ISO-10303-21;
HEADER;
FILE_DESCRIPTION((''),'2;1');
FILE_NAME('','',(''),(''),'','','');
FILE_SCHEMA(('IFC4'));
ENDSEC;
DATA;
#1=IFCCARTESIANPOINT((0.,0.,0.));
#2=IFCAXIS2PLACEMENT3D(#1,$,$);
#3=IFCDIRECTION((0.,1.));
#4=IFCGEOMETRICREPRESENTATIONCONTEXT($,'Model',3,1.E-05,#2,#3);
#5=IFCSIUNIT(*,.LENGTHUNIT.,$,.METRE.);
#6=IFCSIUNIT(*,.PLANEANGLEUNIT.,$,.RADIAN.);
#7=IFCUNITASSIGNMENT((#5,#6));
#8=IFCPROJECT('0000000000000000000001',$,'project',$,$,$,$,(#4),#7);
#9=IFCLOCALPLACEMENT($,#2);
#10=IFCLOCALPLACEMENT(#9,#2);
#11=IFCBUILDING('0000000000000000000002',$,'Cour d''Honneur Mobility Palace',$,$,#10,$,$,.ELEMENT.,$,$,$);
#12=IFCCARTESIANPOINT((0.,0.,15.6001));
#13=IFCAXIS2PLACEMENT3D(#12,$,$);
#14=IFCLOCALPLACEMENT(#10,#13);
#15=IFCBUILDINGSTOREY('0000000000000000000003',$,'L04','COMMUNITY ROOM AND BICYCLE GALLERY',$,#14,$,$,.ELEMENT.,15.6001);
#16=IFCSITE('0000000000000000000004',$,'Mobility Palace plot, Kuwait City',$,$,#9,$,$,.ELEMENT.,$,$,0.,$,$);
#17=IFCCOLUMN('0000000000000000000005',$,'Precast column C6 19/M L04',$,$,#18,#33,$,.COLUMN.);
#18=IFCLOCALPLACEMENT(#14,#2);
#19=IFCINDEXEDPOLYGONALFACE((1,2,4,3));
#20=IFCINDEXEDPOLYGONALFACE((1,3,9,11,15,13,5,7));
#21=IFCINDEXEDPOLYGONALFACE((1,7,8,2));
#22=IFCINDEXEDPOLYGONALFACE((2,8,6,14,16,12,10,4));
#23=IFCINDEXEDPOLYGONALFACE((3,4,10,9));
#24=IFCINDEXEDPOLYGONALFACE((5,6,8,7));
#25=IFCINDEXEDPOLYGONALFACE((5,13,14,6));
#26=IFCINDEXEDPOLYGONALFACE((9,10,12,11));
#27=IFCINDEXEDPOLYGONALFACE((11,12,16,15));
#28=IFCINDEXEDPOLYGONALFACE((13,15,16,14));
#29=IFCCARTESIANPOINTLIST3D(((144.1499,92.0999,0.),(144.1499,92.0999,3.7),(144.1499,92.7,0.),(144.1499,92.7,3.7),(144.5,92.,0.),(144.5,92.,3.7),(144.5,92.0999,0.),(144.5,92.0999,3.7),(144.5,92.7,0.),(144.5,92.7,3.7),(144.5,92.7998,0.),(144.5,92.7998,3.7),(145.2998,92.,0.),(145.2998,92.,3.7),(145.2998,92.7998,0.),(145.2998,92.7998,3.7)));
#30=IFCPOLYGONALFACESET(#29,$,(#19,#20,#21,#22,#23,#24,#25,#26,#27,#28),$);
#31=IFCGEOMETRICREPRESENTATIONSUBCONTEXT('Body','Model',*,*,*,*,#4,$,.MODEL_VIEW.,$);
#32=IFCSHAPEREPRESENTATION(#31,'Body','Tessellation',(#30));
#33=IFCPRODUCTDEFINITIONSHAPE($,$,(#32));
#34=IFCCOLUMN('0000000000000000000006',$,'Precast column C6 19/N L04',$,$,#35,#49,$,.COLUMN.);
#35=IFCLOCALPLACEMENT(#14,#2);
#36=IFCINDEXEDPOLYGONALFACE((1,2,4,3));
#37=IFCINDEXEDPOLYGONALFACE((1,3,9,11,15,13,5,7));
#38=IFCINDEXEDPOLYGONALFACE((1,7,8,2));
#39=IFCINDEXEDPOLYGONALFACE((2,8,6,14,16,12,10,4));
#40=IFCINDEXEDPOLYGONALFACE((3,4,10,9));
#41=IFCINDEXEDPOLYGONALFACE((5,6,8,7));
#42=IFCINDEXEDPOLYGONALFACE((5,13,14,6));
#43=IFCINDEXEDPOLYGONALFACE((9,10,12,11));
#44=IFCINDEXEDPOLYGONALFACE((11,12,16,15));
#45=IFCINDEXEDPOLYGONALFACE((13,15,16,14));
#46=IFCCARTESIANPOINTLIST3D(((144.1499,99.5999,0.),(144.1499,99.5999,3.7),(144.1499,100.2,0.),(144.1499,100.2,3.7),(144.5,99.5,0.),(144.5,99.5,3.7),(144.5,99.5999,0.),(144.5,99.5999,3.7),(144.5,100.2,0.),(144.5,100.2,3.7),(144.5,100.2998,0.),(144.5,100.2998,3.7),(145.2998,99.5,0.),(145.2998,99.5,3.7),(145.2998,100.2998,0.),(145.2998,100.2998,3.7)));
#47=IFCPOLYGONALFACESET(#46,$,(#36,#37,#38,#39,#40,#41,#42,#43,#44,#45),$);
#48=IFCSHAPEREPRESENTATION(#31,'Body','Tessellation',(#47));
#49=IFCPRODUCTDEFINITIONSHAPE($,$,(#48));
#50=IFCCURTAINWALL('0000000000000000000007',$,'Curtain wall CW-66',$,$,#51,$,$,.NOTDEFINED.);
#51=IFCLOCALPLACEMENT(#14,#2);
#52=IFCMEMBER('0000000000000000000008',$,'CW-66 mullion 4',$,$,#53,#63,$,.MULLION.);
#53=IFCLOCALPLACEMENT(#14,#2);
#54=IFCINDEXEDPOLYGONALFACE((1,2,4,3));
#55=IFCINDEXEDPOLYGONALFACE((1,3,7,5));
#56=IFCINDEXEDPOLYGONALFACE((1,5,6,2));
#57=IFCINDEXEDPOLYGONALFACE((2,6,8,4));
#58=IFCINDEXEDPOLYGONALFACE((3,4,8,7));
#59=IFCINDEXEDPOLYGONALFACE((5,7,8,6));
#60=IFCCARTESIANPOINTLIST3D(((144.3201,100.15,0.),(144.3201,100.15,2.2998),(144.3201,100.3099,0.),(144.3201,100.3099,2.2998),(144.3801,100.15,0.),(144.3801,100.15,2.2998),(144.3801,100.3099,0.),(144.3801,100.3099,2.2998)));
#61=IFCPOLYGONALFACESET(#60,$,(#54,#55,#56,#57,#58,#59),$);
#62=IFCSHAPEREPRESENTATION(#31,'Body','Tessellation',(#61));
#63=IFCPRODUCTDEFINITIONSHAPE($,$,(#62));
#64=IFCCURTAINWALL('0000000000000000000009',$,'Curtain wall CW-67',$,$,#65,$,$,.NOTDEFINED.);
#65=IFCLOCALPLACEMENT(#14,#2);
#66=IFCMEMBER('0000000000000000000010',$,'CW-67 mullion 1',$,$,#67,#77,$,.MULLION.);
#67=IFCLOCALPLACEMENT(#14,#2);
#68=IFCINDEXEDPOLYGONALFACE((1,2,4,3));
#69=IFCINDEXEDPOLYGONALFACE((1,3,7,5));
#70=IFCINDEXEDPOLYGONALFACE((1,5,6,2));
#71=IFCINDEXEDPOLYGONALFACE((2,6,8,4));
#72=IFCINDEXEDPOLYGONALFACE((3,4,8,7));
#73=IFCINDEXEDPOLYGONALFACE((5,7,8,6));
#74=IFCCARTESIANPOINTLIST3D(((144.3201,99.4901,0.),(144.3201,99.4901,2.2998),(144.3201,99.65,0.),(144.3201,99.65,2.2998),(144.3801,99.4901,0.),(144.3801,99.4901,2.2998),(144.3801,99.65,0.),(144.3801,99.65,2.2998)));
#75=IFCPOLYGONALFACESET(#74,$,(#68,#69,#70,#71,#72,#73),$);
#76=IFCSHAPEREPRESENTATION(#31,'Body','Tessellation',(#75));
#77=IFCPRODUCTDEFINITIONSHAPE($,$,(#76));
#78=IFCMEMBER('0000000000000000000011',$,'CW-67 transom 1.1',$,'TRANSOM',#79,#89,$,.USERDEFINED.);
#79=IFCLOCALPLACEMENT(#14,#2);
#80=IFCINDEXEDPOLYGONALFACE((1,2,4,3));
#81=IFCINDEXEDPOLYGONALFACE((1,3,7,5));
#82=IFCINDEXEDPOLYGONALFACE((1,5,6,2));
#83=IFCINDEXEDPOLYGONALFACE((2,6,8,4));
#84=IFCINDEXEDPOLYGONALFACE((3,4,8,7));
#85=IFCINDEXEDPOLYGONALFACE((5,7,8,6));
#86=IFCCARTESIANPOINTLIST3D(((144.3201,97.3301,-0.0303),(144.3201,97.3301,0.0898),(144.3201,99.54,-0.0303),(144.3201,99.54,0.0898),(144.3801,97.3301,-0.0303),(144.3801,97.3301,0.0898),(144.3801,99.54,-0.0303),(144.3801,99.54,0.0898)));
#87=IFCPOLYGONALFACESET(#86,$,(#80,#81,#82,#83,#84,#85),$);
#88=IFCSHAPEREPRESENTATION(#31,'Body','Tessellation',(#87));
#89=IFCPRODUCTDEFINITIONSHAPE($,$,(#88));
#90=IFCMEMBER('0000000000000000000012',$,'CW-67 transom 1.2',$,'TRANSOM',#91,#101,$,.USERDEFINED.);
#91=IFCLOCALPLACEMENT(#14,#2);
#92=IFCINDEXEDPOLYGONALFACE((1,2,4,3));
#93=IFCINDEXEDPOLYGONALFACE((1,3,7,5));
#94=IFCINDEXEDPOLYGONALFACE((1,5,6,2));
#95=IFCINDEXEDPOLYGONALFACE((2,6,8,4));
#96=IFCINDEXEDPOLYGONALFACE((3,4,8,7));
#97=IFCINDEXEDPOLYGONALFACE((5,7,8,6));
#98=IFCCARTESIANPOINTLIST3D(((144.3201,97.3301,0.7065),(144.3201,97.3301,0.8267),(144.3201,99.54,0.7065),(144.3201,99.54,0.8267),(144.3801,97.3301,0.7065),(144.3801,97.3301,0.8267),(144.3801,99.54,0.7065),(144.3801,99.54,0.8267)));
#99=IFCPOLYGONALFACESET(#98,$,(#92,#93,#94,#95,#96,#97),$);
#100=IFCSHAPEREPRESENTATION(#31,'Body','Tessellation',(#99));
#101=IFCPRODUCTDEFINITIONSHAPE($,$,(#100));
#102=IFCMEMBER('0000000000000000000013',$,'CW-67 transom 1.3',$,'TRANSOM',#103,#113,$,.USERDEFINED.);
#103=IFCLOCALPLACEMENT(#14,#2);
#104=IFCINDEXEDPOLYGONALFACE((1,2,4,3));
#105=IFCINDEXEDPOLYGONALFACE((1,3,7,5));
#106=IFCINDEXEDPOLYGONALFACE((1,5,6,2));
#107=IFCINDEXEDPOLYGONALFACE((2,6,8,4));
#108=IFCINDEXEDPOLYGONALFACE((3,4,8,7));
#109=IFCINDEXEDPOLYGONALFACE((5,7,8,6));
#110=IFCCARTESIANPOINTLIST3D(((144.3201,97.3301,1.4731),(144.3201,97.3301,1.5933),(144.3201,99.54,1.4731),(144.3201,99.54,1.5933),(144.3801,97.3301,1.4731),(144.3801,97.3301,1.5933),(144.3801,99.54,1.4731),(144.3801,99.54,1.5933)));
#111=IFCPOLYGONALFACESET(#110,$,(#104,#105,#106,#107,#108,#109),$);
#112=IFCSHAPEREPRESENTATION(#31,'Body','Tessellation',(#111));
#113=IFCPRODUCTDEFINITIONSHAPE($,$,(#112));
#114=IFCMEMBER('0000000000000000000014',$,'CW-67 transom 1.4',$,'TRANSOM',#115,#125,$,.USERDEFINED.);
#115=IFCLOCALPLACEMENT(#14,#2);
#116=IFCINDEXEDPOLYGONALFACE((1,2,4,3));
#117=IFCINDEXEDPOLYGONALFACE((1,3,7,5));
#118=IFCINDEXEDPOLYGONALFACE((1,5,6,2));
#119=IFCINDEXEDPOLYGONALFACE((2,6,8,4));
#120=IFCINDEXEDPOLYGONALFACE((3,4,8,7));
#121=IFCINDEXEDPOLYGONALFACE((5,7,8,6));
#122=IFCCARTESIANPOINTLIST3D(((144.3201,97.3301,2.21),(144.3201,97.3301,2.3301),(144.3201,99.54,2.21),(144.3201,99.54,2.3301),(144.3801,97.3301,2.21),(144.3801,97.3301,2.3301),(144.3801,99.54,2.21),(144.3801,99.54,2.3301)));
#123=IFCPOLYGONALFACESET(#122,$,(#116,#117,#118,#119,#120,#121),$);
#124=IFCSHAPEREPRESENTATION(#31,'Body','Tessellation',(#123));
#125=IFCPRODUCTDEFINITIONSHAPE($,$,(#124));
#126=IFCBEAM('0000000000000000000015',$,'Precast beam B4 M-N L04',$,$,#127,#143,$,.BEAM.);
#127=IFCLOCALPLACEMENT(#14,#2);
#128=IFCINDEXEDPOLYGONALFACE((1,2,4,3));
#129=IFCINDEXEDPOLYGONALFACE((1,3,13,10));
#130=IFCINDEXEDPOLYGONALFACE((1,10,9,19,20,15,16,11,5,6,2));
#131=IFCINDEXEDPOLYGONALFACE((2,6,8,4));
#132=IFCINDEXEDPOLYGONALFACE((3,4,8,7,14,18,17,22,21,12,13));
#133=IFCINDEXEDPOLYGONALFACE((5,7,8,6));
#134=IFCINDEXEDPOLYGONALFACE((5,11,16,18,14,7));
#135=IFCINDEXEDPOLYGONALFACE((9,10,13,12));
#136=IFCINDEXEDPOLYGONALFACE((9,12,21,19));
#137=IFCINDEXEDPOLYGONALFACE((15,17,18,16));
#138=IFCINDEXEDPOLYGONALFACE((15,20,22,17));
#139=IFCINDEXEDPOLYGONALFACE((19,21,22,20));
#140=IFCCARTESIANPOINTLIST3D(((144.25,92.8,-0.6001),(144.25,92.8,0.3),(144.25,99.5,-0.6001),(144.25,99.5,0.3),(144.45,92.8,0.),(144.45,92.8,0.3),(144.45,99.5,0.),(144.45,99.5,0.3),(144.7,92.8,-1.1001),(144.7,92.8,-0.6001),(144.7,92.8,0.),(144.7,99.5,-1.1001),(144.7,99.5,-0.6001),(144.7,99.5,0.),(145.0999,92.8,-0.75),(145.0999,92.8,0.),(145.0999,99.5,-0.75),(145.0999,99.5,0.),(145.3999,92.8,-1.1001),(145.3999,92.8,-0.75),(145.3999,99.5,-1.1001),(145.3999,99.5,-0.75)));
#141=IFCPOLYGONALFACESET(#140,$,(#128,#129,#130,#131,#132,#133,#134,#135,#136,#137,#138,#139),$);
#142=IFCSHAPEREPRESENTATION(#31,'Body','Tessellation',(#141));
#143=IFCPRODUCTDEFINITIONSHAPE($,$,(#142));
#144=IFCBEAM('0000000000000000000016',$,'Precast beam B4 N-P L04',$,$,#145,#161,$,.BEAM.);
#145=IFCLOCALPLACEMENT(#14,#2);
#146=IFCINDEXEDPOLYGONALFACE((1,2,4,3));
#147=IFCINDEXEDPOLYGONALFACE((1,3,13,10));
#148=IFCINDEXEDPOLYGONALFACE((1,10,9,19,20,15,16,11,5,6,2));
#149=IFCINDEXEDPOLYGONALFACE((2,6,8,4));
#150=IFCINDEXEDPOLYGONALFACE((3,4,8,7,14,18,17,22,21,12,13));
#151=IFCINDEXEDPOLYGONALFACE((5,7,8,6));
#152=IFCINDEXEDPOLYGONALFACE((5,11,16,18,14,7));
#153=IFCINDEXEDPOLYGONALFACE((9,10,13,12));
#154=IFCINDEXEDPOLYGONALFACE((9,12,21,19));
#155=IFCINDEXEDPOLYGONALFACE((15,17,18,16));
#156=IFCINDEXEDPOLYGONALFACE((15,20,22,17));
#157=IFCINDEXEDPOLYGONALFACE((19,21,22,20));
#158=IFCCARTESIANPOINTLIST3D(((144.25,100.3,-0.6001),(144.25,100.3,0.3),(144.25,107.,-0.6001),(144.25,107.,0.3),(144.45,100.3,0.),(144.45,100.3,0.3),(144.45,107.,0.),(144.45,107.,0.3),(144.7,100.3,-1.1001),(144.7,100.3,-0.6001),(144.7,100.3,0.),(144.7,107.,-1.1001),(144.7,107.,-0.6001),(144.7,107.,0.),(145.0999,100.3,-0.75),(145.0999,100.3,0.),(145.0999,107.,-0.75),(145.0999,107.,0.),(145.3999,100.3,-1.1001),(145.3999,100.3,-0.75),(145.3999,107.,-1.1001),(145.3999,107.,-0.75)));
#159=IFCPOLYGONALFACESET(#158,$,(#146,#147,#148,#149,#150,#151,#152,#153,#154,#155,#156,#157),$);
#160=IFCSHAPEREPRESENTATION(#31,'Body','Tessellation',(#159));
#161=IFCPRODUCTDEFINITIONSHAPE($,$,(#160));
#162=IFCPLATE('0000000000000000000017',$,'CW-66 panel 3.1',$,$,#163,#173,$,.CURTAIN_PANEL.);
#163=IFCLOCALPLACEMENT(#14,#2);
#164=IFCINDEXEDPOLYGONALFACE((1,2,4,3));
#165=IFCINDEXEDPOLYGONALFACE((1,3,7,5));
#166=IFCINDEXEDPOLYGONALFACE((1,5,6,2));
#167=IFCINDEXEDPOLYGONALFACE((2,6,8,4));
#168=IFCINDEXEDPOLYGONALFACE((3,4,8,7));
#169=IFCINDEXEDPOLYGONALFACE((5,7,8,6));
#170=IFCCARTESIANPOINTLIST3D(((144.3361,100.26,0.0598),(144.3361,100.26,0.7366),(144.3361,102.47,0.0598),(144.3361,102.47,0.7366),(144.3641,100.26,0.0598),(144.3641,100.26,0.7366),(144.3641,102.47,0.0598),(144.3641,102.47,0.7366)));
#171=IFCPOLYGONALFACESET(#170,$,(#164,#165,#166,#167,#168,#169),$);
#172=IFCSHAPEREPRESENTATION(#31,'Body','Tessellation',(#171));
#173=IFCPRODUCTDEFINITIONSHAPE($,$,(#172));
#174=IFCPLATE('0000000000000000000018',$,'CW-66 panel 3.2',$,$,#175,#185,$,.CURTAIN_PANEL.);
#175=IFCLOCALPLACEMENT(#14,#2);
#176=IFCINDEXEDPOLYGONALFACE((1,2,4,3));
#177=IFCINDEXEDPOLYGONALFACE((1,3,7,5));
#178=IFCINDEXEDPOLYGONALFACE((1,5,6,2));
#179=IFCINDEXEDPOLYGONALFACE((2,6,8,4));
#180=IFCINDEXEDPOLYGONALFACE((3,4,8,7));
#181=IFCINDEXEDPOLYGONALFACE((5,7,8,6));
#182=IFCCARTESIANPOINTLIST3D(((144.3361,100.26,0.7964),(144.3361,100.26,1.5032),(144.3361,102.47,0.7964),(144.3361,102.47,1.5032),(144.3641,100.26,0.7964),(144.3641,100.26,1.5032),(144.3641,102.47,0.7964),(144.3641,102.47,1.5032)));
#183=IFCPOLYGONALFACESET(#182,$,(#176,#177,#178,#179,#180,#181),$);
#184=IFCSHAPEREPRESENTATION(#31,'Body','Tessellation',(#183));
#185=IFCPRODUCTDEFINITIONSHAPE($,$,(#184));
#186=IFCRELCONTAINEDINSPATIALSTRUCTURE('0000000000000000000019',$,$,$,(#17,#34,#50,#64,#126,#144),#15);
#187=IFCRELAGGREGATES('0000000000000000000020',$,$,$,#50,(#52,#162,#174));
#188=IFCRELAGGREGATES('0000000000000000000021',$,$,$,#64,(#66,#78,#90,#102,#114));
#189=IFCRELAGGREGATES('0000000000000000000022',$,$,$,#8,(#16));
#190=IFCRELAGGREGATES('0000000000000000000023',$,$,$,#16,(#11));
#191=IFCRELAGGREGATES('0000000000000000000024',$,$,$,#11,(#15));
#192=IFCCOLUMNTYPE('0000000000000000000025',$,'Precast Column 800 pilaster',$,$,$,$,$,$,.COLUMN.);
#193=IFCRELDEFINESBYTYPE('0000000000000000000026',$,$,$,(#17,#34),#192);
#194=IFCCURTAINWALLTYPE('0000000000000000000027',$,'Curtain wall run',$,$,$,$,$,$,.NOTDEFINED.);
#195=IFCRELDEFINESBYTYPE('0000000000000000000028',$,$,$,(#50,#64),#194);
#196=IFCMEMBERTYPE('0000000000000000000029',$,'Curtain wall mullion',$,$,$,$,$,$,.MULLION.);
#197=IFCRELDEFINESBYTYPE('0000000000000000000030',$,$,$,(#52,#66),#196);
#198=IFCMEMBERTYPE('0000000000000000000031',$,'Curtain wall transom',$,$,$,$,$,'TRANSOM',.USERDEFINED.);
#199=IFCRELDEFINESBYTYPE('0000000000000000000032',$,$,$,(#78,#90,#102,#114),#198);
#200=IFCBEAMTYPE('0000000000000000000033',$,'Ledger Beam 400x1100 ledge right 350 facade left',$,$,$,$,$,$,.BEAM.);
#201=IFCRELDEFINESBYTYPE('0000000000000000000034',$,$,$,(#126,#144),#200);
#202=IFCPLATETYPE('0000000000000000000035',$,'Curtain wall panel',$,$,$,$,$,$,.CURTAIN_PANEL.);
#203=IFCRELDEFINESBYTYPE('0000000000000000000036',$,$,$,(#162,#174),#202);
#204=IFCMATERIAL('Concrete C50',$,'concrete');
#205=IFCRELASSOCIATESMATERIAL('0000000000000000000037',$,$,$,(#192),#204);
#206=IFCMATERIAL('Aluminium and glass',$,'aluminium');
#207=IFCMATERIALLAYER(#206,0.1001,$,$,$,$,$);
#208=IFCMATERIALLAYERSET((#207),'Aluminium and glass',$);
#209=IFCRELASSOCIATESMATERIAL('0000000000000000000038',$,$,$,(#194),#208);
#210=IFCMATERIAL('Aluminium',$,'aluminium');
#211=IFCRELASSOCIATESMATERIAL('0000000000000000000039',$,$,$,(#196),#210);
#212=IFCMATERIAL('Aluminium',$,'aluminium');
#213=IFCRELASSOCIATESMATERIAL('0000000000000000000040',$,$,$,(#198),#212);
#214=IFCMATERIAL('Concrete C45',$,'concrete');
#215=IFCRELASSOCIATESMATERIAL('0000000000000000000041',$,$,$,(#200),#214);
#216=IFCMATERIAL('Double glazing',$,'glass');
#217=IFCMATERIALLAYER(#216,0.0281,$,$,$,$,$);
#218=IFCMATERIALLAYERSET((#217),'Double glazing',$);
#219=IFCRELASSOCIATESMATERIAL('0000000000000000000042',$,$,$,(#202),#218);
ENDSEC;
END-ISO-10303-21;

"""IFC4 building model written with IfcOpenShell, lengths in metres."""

from ifc_helpers import new_model, si_unit, direction, frame, origin, origin_2d, place, context, subcontext, project, spatial, polyline, rectangle, outline, extrude, material, layer, layer_set, material_profile, profile_set, type_object, element, aggregate, save


model = new_model("IFC4")

# Units and contexts
model_context = context("Model", 3, precision=1e-05, world=origin(), true_north=direction((0.0, 1.0)))
body_context = subcontext(model_context, "Body", "Model", "MODEL_VIEW")
ifc_project = project(units=[si_unit("LENGTHUNIT", "METRE"), si_unit("PLANEANGLEUNIT", "RADIAN")], contexts=[model_context])

# Site, building, storey
site_placement = place(None, origin())
site = spatial("IfcSite", under=ifc_project, at=site_placement, Name="Mobility Palace plot, Kuwait City", CompositionType="ELEMENT", RefElevation=0.0)
building_placement = place(site_placement, origin())
building = spatial("IfcBuilding", under=site, at=building_placement, Name="Cour d'Honneur Mobility Palace", CompositionType="ELEMENT")
storey_placement = place(building_placement, frame((0.0, 0.0, 15.6001)))
storey = spatial("IfcBuildingStorey", under=building, at=storey_placement, Name="L04", Description="COMMUNITY ROOM AND BICYCLE GALLERY", CompositionType="ELEMENT", Elevation=15.6001)

# Columns
ifc_material_1 = material(Name="Concrete C50", Category="concrete")
ifc_material_profile_1 = material_profile(ifc_material_1, outline(polyline([(-0.3999, -0.3999), (0.3999, -0.3999), (0.3999, -0.3), (0.75, -0.3), (0.75, 0.3), (0.3999, 0.3), (0.3999, 0.3999), (-0.3999, 0.3999), (-0.3999, -0.3999)])), Name="PC C800 pilaster")
ifc_profile_set_1 = profile_set([ifc_material_profile_1], Name="Concrete C50")
column_type = type_object("IfcColumnType", Name="Precast Column 800 pilaster", PredefinedType="COLUMN", material=ifc_profile_set_1)
for number, where, z_axis, x_axis, name in (
    (1, (144.8999, 92.3999, 0.0), (0.0, 0.0, 1.0), (-1.0, 0.0, 0.0), "Precast column C6 19/M L04"),
    (2, (144.8999, 99.8999, 0.0), (0.0, 0.0, 1.0), (-1.0, 0.0, 0.0), "Precast column C6 19/N L04"),
):
    element("IfcColumn", number, at=place(storey_placement, frame(where, z_axis=z_axis, x_axis=x_axis)), inside=storey, type_object=column_type, Name=name, PredefinedType="COLUMN", context=body_context, shape_type="SweptSolid", body=[
        extrude(outline(polyline([(-0.3999, -0.3999), (0.3999, -0.3999), (0.3999, -0.3), (0.75, -0.3), (0.75, 0.3), (0.3999, 0.3), (0.3999, 0.3999), (-0.3999, 0.3999), (-0.3999, -0.3999)])), origin(), (0.0, 0.0, 1.0), 3.7),
    ])

# Curtain wall, member
ifc_material_2 = material(Name="Aluminium and glass", Category="aluminium")
ifc_layer_1 = layer(ifc_material_2, 0.1001)
ifc_layer_set_1 = layer_set([ifc_layer_1], Name="Aluminium and glass")
curtain_wall_type = type_object("IfcCurtainWallType", Name="Curtain wall run", PredefinedType="NOTDEFINED", material=ifc_layer_set_1)
curtain_wall_1_placement = place(storey_placement, origin())
curtain_wall_1 = element("IfcCurtainWall", 3, at=curtain_wall_1_placement, inside=storey, type_object=curtain_wall_type, Name="Curtain wall CW-66", PredefinedType="NOTDEFINED")
ifc_material_3 = material(Name="Aluminium", Category="aluminium")
ifc_material_profile_2 = material_profile(ifc_material_3, rectangle(XDim=0.0601, YDim=0.1599, at=origin_2d()), Name="Curtain wall mullion")
ifc_profile_set_2 = profile_set([ifc_material_profile_2], Name="Aluminium")
member_type_1 = type_object("IfcMemberType", Name="Curtain wall mullion", PredefinedType="MULLION", material=ifc_profile_set_2)
member_1_placement = place(storey_placement, frame((144.3501, 100.23, 0.0), z_axis=(0.0, 0.0, 1.0), x_axis=(1.0, 0.0, 0.0)))
member_1 = element("IfcMember", 4, at=member_1_placement, type_object=member_type_1, Name="CW-66 mullion 4", PredefinedType="MULLION", context=body_context, shape_type="SweptSolid", body=[
    extrude(rectangle(XDim=0.0601, YDim=0.1599, at=origin_2d()), origin(), (0.0, 0.0, 1.0), 2.2998),
])

# Curtain wall, members
curtain_wall_2_placement = place(storey_placement, origin())
curtain_wall_2 = element("IfcCurtainWall", 5, at=curtain_wall_2_placement, inside=storey, type_object=curtain_wall_type, Name="Curtain wall CW-67", PredefinedType="NOTDEFINED")
member_2_placement = place(storey_placement, frame((144.3501, 99.5701, 0.0), z_axis=(0.0, 0.0, 1.0), x_axis=(1.0, 0.0, 0.0)))
member_2 = element("IfcMember", 6, at=member_2_placement, type_object=member_type_1, Name="CW-67 mullion 1", PredefinedType="MULLION", context=body_context, shape_type="SweptSolid", body=[
    extrude(rectangle(XDim=0.0601, YDim=0.1599, at=origin_2d()), origin(), (0.0, 0.0, 1.0), 2.2998),
])
ifc_material_4 = material(Name="Aluminium", Category="aluminium")
ifc_material_profile_3 = material_profile(ifc_material_4, rectangle(XDim=0.0601, YDim=0.1201, at=origin_2d()), Name="Curtain wall transom")
ifc_profile_set_3 = profile_set([ifc_material_profile_3], Name="Aluminium")
member_type_2 = type_object("IfcMemberType", Name="Curtain wall transom", ElementType="TRANSOM", PredefinedType="USERDEFINED", material=ifc_profile_set_3)
member_3_placement = place(storey_placement, frame((144.3501, 99.54, 0.0298), z_axis=(0.0, -1.0, 0.0), x_axis=(1.0, 0.0, 0.0)))
member_3 = element("IfcMember", 7, at=member_3_placement, type_object=member_type_2, Name="CW-67 transom 1.1", ObjectType="TRANSOM", PredefinedType="USERDEFINED", context=body_context, shape_type="SweptSolid", body=[
    extrude(rectangle(XDim=0.0601, YDim=0.1201, at=origin_2d()), origin(), (0.0, 0.0, 1.0), 2.21),
])
member_4_placement = place(storey_placement, frame((144.3501, 99.54, 0.7666), z_axis=(0.0, -1.0, 0.0), x_axis=(1.0, 0.0, 0.0)))
member_4 = element("IfcMember", 8, at=member_4_placement, type_object=member_type_2, Name="CW-67 transom 1.2", ObjectType="TRANSOM", PredefinedType="USERDEFINED", context=body_context, shape_type="SweptSolid", body=[
    extrude(rectangle(XDim=0.0601, YDim=0.1201, at=origin_2d()), origin(), (0.0, 0.0, 1.0), 2.21),
])
member_5_placement = place(storey_placement, frame((144.3501, 99.54, 1.5332), z_axis=(0.0, -1.0, 0.0), x_axis=(1.0, 0.0, 0.0)))
member_5 = element("IfcMember", 9, at=member_5_placement, type_object=member_type_2, Name="CW-67 transom 1.3", ObjectType="TRANSOM", PredefinedType="USERDEFINED", context=body_context, shape_type="SweptSolid", body=[
    extrude(rectangle(XDim=0.0601, YDim=0.1201, at=origin_2d()), origin(), (0.0, 0.0, 1.0), 2.21),
])
member_6_placement = place(storey_placement, frame((144.3501, 99.54, 2.27), z_axis=(0.0, -1.0, 0.0), x_axis=(1.0, 0.0, 0.0)))
member_6 = element("IfcMember", 10, at=member_6_placement, type_object=member_type_2, Name="CW-67 transom 1.4", ObjectType="TRANSOM", PredefinedType="USERDEFINED", context=body_context, shape_type="SweptSolid", body=[
    extrude(rectangle(XDim=0.0601, YDim=0.1201, at=origin_2d()), origin(), (0.0, 0.0, 1.0), 2.21),
])

# Beams
ifc_material_5 = material(Name="Concrete C45", Category="concrete")
ifc_material_profile_4 = material_profile(ifc_material_5, outline(polyline([(0.2, -1.1001), (0.2, -0.6001), (0.6499, -0.6001), (0.6499, 0.3), (0.45, 0.3), (0.45, 0.0), (0.2, 0.0), (-0.2, 0.0), (-0.2, -0.75), (-0.5, -0.75), (-0.5, -1.1001), (0.2, -1.1001)])), Name="Ledger Beam 400x1100 ledge right 350 facade left")
ifc_profile_set_4 = profile_set([ifc_material_profile_4], Name="Concrete C45")
beam_type = type_object("IfcBeamType", Name="Ledger Beam 400x1100 ledge right 350 facade left", PredefinedType="BEAM", material=ifc_profile_set_4)
for number, where, z_axis, x_axis, name in (
    (11, (144.8999, 92.8, 0.0), (0.0, 1.0, 0.0), (-1.0, 0.0, 0.0), "Precast beam B4 M-N L04"),
    (12, (144.8999, 100.3, 0.0), (0.0, 1.0, 0.0), (-1.0, 0.0, 0.0), "Precast beam B4 N-P L04"),
):
    element("IfcBeam", number, at=place(storey_placement, frame(where, z_axis=z_axis, x_axis=x_axis)), inside=storey, type_object=beam_type, Name=name, PredefinedType="BEAM", context=body_context, shape_type="SweptSolid", body=[
        extrude(outline(polyline([(0.2, -1.1001), (0.2, -0.6001), (0.6499, -0.6001), (0.6499, 0.3), (0.45, 0.3), (0.45, 0.0), (0.2, 0.0), (-0.2, 0.0), (-0.2, -0.75), (-0.5, -0.75), (-0.5, -1.1001), (0.2, -1.1001)])), origin(), (0.0, 0.0, 1.0), 6.7),
    ])

# Plates
ifc_material_6 = material(Name="Double glazing", Category="glass")
ifc_layer_2 = layer(ifc_material_6, 0.0281)
ifc_layer_set_2 = layer_set([ifc_layer_2], Name="Double glazing")
plate_type = type_object("IfcPlateType", Name="Curtain wall panel", PredefinedType="CURTAIN_PANEL", material=ifc_layer_set_2)
plate_1_placement = place(storey_placement, frame((144.3501, 101.365, 0.0598), z_axis=(0.0, 0.0, 1.0), x_axis=(0.0, -1.0, 0.0)))
plate_1 = element("IfcPlate", 13, at=plate_1_placement, type_object=plate_type, Name="CW-66 panel 3.1", PredefinedType="CURTAIN_PANEL", context=body_context, shape_type="SweptSolid", body=[
    extrude(rectangle(XDim=2.21, YDim=0.0281, at=origin_2d()), origin(), (0.0, 0.0, 1.0), 0.6768),
])
plate_2_placement = place(storey_placement, frame((144.3501, 101.365, 0.7964), z_axis=(0.0, 0.0, 1.0), x_axis=(0.0, -1.0, 0.0)))
plate_2 = element("IfcPlate", 14, at=plate_2_placement, type_object=plate_type, Name="CW-66 panel 3.2", PredefinedType="CURTAIN_PANEL", context=body_context, shape_type="SweptSolid", body=[
    extrude(rectangle(XDim=2.21, YDim=0.0281, at=origin_2d()), origin(), (0.0, 0.0, 1.0), 0.7068),
])
aggregate(curtain_wall_1, [member_1, plate_1, plate_2])
aggregate(curtain_wall_2, [member_2, member_3, member_4, member_5, member_6])

save(model, "model.ifc")
